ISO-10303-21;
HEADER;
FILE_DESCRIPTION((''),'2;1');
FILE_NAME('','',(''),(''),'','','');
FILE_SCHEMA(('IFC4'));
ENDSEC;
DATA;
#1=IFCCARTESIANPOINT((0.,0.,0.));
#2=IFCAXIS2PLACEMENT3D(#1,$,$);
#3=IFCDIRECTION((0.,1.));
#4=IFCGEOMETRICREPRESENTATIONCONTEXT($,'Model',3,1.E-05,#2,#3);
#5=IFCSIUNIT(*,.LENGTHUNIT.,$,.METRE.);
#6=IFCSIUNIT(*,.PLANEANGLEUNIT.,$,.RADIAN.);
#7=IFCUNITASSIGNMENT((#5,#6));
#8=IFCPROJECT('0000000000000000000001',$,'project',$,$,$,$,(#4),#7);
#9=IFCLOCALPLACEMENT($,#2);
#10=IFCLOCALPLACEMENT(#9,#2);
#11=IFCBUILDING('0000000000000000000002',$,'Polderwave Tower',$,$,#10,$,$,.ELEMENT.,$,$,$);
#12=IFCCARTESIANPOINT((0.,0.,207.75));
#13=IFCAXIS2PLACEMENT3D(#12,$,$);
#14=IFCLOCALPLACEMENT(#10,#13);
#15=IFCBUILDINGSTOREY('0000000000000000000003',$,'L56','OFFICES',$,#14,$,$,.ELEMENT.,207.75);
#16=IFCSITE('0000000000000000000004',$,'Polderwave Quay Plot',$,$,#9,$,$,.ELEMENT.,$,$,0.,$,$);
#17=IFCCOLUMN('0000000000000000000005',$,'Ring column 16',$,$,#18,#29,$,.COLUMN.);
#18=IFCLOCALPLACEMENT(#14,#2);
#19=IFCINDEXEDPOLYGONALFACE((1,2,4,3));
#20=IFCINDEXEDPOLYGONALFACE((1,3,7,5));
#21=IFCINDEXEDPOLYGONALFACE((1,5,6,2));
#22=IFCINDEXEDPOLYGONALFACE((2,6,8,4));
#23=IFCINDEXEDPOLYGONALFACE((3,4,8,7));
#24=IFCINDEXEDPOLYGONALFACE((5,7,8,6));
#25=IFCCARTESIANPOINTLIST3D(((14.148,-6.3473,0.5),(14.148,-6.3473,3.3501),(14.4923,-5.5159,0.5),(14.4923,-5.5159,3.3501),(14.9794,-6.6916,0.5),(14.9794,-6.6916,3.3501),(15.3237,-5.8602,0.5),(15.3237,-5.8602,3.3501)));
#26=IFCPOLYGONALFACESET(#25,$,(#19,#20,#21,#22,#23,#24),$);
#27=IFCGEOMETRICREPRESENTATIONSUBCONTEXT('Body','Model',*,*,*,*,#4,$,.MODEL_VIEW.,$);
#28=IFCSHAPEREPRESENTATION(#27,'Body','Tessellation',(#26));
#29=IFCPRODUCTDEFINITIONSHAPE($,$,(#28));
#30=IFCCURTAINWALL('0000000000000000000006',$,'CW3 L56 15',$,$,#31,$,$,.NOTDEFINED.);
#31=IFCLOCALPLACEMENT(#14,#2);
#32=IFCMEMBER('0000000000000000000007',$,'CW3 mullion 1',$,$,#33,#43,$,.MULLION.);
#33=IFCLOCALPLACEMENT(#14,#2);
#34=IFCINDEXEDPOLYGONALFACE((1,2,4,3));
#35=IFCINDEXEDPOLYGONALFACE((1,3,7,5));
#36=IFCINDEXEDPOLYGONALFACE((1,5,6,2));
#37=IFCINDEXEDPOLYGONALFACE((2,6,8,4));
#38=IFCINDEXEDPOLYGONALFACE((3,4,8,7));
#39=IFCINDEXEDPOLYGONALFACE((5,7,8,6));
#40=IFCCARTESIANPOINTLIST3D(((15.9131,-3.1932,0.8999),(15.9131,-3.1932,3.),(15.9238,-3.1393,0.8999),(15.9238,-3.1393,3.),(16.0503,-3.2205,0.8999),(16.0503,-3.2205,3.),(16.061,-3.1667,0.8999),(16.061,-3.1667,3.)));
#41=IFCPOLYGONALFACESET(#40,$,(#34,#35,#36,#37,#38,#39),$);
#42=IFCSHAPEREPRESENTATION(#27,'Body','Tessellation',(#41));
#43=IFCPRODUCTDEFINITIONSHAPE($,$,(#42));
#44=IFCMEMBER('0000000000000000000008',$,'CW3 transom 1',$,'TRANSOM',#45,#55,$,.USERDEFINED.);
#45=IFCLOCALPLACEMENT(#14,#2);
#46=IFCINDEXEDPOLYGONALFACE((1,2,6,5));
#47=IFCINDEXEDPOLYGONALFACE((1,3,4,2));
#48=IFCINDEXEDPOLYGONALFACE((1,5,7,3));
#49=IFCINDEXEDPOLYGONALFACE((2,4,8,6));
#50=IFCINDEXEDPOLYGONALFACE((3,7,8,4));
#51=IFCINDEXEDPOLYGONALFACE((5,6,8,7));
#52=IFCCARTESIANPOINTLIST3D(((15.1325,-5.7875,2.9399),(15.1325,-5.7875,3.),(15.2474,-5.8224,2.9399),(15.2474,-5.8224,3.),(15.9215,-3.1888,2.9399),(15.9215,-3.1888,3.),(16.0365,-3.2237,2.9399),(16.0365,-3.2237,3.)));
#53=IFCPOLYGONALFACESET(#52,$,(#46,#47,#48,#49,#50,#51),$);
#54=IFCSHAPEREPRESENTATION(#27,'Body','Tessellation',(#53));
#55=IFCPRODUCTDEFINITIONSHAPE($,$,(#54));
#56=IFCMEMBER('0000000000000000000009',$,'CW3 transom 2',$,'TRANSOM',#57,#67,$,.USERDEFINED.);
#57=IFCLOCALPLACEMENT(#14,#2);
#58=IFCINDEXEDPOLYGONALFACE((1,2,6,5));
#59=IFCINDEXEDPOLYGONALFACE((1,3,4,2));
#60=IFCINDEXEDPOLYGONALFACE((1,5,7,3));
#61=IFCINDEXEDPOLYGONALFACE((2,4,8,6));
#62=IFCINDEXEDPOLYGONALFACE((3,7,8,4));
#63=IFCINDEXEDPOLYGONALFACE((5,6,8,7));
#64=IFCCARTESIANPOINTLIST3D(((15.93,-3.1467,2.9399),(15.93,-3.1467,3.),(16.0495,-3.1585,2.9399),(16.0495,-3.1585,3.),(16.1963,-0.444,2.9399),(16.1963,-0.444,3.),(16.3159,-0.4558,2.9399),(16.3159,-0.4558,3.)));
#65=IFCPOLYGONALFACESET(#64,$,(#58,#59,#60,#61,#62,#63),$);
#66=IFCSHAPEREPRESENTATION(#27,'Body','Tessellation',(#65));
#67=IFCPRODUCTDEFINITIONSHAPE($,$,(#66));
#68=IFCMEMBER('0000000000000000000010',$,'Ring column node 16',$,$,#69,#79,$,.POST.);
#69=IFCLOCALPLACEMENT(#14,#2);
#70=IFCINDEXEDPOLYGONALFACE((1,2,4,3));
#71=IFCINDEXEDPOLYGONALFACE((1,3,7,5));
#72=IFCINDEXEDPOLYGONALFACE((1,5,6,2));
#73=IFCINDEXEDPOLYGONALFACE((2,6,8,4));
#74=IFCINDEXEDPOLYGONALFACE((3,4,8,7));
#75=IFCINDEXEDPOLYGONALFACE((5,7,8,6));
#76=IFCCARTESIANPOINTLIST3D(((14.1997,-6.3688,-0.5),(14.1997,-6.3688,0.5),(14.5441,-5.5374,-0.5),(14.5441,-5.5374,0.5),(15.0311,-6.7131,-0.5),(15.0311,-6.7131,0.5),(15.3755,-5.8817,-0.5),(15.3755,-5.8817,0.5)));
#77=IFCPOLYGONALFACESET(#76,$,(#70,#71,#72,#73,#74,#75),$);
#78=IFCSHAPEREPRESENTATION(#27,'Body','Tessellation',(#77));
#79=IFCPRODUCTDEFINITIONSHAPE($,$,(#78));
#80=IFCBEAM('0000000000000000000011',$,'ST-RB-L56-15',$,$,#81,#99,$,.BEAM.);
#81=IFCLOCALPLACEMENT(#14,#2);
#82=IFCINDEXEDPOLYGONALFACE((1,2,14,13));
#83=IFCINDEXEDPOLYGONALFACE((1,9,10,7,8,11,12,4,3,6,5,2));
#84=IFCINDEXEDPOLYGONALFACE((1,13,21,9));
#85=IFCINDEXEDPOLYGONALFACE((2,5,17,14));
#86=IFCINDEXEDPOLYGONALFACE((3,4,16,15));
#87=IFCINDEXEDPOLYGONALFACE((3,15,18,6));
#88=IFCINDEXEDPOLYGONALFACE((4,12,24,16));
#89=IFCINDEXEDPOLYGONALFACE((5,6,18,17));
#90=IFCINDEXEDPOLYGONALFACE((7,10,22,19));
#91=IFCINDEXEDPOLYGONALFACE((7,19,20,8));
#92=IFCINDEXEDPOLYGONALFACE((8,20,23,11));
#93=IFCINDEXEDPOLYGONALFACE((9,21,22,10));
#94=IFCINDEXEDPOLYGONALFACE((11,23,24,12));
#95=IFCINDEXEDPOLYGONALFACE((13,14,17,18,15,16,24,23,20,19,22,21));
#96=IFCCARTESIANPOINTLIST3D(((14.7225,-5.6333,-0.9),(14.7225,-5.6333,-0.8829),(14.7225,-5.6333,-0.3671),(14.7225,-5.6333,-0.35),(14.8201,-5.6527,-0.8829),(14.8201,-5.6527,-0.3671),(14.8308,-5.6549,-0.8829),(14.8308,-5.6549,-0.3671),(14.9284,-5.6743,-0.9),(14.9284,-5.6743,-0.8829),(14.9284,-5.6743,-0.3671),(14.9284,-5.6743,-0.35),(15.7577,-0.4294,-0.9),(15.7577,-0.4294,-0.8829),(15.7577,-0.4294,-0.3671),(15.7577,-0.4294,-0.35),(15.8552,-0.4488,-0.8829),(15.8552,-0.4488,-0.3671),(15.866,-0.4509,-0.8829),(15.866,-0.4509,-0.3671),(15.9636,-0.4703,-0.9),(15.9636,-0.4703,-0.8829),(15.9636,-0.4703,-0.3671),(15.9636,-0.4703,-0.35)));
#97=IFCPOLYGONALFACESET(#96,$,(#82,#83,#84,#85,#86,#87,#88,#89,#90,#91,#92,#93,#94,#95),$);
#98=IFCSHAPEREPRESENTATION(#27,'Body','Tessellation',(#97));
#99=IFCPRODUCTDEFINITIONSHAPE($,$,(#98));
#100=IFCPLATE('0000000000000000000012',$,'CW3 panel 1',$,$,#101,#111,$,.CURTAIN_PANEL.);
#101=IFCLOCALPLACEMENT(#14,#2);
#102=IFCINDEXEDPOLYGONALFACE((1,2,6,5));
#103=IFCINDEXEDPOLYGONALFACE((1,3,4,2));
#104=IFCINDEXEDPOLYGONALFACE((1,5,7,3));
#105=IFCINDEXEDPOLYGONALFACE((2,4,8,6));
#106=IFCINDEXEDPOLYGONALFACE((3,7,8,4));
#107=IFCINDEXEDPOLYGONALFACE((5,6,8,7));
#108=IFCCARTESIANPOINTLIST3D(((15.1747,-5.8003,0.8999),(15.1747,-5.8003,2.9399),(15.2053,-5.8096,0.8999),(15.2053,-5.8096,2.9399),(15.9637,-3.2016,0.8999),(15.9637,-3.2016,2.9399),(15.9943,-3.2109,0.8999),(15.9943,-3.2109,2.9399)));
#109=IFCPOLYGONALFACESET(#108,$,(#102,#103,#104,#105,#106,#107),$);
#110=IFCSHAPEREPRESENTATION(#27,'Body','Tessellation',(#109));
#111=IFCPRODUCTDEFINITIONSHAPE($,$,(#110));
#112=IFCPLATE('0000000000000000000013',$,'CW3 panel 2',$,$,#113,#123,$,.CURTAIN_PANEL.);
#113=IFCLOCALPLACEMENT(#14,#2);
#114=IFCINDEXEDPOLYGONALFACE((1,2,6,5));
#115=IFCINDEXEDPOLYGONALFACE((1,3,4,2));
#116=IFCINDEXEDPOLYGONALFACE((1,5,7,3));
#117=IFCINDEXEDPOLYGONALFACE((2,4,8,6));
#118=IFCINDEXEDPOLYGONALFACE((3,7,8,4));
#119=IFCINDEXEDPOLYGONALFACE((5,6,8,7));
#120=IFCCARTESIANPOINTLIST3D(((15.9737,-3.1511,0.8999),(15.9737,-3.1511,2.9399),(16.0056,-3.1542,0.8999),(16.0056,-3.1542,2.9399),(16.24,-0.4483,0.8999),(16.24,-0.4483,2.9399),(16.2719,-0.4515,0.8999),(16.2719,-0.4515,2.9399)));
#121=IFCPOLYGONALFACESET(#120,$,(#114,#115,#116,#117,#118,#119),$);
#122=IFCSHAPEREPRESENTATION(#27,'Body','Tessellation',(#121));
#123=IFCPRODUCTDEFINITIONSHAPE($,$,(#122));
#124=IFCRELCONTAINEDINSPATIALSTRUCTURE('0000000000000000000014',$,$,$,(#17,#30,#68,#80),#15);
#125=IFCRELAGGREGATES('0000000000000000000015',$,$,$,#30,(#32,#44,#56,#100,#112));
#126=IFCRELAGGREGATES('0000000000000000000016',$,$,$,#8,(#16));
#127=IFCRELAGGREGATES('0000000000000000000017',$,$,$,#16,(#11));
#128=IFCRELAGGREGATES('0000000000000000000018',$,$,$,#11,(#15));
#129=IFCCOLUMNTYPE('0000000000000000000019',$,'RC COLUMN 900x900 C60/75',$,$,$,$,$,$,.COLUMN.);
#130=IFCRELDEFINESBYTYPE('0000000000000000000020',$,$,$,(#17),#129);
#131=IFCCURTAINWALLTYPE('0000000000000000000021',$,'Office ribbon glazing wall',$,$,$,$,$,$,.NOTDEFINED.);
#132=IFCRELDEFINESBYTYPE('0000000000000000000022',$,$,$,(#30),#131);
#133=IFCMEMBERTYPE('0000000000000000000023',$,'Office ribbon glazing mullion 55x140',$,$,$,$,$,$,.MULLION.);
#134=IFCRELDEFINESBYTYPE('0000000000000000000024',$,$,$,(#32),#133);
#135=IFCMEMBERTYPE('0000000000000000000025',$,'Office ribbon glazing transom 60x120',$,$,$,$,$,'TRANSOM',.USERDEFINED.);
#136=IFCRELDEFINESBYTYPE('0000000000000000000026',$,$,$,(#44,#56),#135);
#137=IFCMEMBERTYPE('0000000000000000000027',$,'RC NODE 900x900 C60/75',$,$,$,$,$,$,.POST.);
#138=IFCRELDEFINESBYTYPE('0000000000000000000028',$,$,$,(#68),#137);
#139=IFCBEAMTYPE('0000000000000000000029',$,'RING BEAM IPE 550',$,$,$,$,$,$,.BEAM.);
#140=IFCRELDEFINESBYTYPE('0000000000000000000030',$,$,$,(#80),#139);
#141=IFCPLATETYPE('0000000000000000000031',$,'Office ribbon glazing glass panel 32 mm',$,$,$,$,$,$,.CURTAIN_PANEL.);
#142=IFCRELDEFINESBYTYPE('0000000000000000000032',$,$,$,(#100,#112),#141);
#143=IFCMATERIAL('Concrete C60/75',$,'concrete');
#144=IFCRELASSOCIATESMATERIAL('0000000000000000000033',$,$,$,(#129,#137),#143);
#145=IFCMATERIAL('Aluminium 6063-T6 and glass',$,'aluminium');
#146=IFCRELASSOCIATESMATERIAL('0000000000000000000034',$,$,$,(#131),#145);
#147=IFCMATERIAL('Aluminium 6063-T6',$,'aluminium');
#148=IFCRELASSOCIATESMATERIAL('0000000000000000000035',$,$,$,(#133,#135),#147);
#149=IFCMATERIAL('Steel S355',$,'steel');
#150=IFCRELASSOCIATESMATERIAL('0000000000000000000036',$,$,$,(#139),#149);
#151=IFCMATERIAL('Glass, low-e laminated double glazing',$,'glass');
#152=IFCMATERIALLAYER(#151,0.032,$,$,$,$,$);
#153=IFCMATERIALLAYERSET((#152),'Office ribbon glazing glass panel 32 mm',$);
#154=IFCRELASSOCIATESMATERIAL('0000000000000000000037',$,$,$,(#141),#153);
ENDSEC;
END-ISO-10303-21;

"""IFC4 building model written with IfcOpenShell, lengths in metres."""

from ifc_helpers import new_model, si_unit, direction, frame, origin, origin_2d, place, context, subcontext, project, spatial, rectangle, i_section, extrude, material, layer, layer_set, material_profile, profile_set, type_object, element, aggregate, save


model = new_model("IFC4")

# Units and contexts
model_context = context("Model", 3, precision=1e-05, world=origin(), true_north=direction((0.0, 1.0)))
body_context = subcontext(model_context, "Body", "Model", "MODEL_VIEW")
ifc_project = project(units=[si_unit("LENGTHUNIT", "METRE"), si_unit("PLANEANGLEUNIT", "RADIAN")], contexts=[model_context])

# Site, building, storey
site_placement = place(None, origin())
site = spatial("IfcSite", under=ifc_project, at=site_placement, Name="Polderwave Quay Plot", CompositionType="ELEMENT", RefElevation=0.0)
building_placement = place(site_placement, origin())
building = spatial("IfcBuilding", under=site, at=building_placement, Name="Polderwave Tower", CompositionType="ELEMENT")
storey_placement = place(building_placement, frame((0.0, 0.0, 207.75)))
storey = spatial("IfcBuildingStorey", under=building, at=storey_placement, Name="L56", Description="OFFICES", CompositionType="ELEMENT", Elevation=207.75)

# Column
ifc_material_1 = material(Name="Concrete C60/75", Category="concrete")
ifc_material_profile_1 = material_profile(ifc_material_1, rectangle(XDim=0.8999, YDim=0.8999, at=origin_2d()), Name="RC 900x900")
ifc_profile_set_1 = profile_set([ifc_material_profile_1], Name="Concrete C60/75")
column_type = type_object("IfcColumnType", Name="RC COLUMN 900x900 C60/75", PredefinedType="COLUMN", material=ifc_profile_set_1)
column_placement = place(storey_placement, frame((14.7358, -6.1038, 0.5), z_axis=(0.0, 0.0, 1.0), x_axis=(0.92388, -0.382683, 0.0)))
element("IfcColumn", 1, at=column_placement, inside=storey, type_object=column_type, Name="Ring column 16", PredefinedType="COLUMN", context=body_context, shape_type="SweptSolid", body=[
    extrude(rectangle(XDim=0.8999, YDim=0.8999, at=origin_2d()), origin(), (0.0, 0.0, 1.0), 2.8501),
])

# Curtain wall, members
ifc_material_2 = material(Name="Aluminium 6063-T6 and glass", Category="aluminium")
curtain_wall_type = type_object("IfcCurtainWallType", Name="Office ribbon glazing wall", PredefinedType="NOTDEFINED", material=ifc_material_2)
curtain_wall_placement = place(storey_placement, origin())
curtain_wall = element("IfcCurtainWall", 2, at=curtain_wall_placement, inside=storey, type_object=curtain_wall_type, Name="CW3 L56 15", PredefinedType="NOTDEFINED")
ifc_material_3 = material(Name="Aluminium 6063-T6", Category="aluminium")
ifc_material_profile_2 = material_profile(ifc_material_3, rectangle(XDim=0.1399, YDim=0.0549, at=origin_2d()), Name="AL 55x140")
ifc_profile_set_2 = profile_set([ifc_material_profile_2], Name="Aluminium 6063-T6")
member_type_1 = type_object("IfcMemberType", Name="Office ribbon glazing mullion 55x140", PredefinedType="MULLION", material=ifc_profile_set_2)
member_1_placement = place(storey_placement, frame((15.9871, -3.1799, 0.8999), z_axis=(0.0, 0.0, 1.0), x_axis=(-0.980757, 0.195234, 0.0)))
member_1 = element("IfcMember", 3, at=member_1_placement, type_object=member_type_1, Name="CW3 mullion 1", PredefinedType="MULLION", context=body_context, shape_type="SweptSolid", body=[
    extrude(rectangle(XDim=0.1399, YDim=0.0549, at=origin_2d()), origin(), (0.0, 0.0, 1.0), 2.1001),
])
ifc_material_profile_3 = material_profile(ifc_material_3, rectangle(XDim=0.1201, YDim=0.0601, at=origin_2d()), Name="AL 60x120")
ifc_profile_set_3 = profile_set([ifc_material_profile_3], Name="Aluminium 6063-T6")
member_type_2 = type_object("IfcMemberType", Name="Office ribbon glazing transom 60x120", ElementType="TRANSOM", PredefinedType="USERDEFINED", material=ifc_profile_set_3)
member_2_placement = place(storey_placement, frame((15.1899, -5.8049, 2.97), z_axis=(0.290546, 0.956861, 0.0), x_axis=(-0.956861, 0.290546, 0.0)))
member_2 = element("IfcMember", 4, at=member_2_placement, type_object=member_type_2, Name="CW3 transom 1", ObjectType="TRANSOM", PredefinedType="USERDEFINED", context=body_context, shape_type="SweptSolid", body=[
    extrude(rectangle(XDim=0.1201, YDim=0.0601, at=origin_2d()), origin(), (0.0, 0.0, 1.0), 2.7158),
])
member_3_placement = place(storey_placement, frame((15.9897, -3.1526, 2.97), z_axis=(0.098079, 0.995179, 0.0), x_axis=(-0.995179, 0.098079, 0.0)))
member_3 = element("IfcMember", 5, at=member_3_placement, type_object=member_type_2, Name="CW3 transom 2", ObjectType="TRANSOM", PredefinedType="USERDEFINED", context=body_context, shape_type="SweptSolid", body=[
    extrude(rectangle(XDim=0.1201, YDim=0.0601, at=origin_2d()), origin(), (0.0, 0.0, 1.0), 2.7158),
])

# Member
ifc_material_profile_4 = material_profile(ifc_material_1, rectangle(XDim=0.8999, YDim=0.8999, at=origin_2d()), Name="RC 900x900")
ifc_profile_set_4 = profile_set([ifc_material_profile_4], Name="Concrete C60/75")
member_type_3 = type_object("IfcMemberType", Name="RC NODE 900x900 C60/75", PredefinedType="POST", material=ifc_profile_set_4)
member_4_placement = place(storey_placement, frame((14.7876, -6.1252, -0.5), z_axis=(0.0, 0.0, 1.0), x_axis=(0.92388, -0.382683, 0.0)))
element("IfcMember", 6, at=member_4_placement, inside=storey, type_object=member_type_3, Name="Ring column node 16", PredefinedType="POST", context=body_context, shape_type="SweptSolid", body=[
    extrude(rectangle(XDim=0.8999, YDim=0.8999, at=origin_2d()), origin(), (0.0, 0.0, 1.0), 1.0),
])

# Beam
ifc_material_4 = material(Name="Steel S355", Category="steel")
ifc_material_profile_5 = material_profile(ifc_material_4, i_section(OverallWidth=0.21, OverallDepth=0.55, WebThickness=0.011, FlangeThickness=0.0171, at=origin_2d()), Name="IPE 550")
ifc_profile_set_5 = profile_set([ifc_material_profile_5], Name="Steel S355")
beam_type = type_object("IfcBeamType", Name="RING BEAM IPE 550", PredefinedType="BEAM", material=ifc_profile_set_5)
beam_placement = place(storey_placement, frame((14.8254, -5.6538, -0.625), z_axis=(0.195098, 0.980784, 0.0), x_axis=(-0.980784, 0.195098, 0.0)))
element("IfcBeam", 7, at=beam_placement, inside=storey, type_object=beam_type, Name="ST-RB-L56-15", PredefinedType="BEAM", context=body_context, shape_type="SweptSolid", body=[
    extrude(i_section(OverallWidth=0.21, OverallDepth=0.55, WebThickness=0.011, FlangeThickness=0.0171, at=origin_2d()), origin(), (0.0, 0.0, 1.0), 5.3059),
])

# Plates
ifc_material_5 = material(Name="Glass, low-e laminated double glazing", Category="glass")
ifc_layer_1 = layer(ifc_material_5, 0.032)
ifc_layer_set_1 = layer_set([ifc_layer_1], Name="Office ribbon glazing glass panel 32 mm")
plate_type = type_object("IfcPlateType", Name="Office ribbon glazing glass panel 32 mm", PredefinedType="CURTAIN_PANEL", material=ifc_layer_set_1)
plate_1_placement = place(storey_placement, frame((15.5845, -4.5056, 0.8999), z_axis=(0.0, 0.0, 1.0), x_axis=(0.290524, 0.956868, 0.0)))
plate_1 = element("IfcPlate", 8, at=plate_1_placement, type_object=plate_type, Name="CW3 panel 1", PredefinedType="CURTAIN_PANEL", context=body_context, shape_type="SweptSolid", body=[
    extrude(rectangle(XDim=2.7158, YDim=0.032, at=origin_2d()), origin(), (0.0, 0.0, 1.0), 2.04),
])
plate_2_placement = place(storey_placement, frame((16.1228, -1.8013, 0.8999), z_axis=(0.0, 0.0, 1.0), x_axis=(0.098061, 0.99518, 0.0)))
plate_2 = element("IfcPlate", 9, at=plate_2_placement, type_object=plate_type, Name="CW3 panel 2", PredefinedType="CURTAIN_PANEL", context=body_context, shape_type="SweptSolid", body=[
    extrude(rectangle(XDim=2.7158, YDim=0.032, at=origin_2d()), origin(), (0.0, 0.0, 1.0), 2.04),
])
aggregate(curtain_wall, [member_1, member_2, member_3, plate_1, plate_2])

save(model, "model.ifc")
